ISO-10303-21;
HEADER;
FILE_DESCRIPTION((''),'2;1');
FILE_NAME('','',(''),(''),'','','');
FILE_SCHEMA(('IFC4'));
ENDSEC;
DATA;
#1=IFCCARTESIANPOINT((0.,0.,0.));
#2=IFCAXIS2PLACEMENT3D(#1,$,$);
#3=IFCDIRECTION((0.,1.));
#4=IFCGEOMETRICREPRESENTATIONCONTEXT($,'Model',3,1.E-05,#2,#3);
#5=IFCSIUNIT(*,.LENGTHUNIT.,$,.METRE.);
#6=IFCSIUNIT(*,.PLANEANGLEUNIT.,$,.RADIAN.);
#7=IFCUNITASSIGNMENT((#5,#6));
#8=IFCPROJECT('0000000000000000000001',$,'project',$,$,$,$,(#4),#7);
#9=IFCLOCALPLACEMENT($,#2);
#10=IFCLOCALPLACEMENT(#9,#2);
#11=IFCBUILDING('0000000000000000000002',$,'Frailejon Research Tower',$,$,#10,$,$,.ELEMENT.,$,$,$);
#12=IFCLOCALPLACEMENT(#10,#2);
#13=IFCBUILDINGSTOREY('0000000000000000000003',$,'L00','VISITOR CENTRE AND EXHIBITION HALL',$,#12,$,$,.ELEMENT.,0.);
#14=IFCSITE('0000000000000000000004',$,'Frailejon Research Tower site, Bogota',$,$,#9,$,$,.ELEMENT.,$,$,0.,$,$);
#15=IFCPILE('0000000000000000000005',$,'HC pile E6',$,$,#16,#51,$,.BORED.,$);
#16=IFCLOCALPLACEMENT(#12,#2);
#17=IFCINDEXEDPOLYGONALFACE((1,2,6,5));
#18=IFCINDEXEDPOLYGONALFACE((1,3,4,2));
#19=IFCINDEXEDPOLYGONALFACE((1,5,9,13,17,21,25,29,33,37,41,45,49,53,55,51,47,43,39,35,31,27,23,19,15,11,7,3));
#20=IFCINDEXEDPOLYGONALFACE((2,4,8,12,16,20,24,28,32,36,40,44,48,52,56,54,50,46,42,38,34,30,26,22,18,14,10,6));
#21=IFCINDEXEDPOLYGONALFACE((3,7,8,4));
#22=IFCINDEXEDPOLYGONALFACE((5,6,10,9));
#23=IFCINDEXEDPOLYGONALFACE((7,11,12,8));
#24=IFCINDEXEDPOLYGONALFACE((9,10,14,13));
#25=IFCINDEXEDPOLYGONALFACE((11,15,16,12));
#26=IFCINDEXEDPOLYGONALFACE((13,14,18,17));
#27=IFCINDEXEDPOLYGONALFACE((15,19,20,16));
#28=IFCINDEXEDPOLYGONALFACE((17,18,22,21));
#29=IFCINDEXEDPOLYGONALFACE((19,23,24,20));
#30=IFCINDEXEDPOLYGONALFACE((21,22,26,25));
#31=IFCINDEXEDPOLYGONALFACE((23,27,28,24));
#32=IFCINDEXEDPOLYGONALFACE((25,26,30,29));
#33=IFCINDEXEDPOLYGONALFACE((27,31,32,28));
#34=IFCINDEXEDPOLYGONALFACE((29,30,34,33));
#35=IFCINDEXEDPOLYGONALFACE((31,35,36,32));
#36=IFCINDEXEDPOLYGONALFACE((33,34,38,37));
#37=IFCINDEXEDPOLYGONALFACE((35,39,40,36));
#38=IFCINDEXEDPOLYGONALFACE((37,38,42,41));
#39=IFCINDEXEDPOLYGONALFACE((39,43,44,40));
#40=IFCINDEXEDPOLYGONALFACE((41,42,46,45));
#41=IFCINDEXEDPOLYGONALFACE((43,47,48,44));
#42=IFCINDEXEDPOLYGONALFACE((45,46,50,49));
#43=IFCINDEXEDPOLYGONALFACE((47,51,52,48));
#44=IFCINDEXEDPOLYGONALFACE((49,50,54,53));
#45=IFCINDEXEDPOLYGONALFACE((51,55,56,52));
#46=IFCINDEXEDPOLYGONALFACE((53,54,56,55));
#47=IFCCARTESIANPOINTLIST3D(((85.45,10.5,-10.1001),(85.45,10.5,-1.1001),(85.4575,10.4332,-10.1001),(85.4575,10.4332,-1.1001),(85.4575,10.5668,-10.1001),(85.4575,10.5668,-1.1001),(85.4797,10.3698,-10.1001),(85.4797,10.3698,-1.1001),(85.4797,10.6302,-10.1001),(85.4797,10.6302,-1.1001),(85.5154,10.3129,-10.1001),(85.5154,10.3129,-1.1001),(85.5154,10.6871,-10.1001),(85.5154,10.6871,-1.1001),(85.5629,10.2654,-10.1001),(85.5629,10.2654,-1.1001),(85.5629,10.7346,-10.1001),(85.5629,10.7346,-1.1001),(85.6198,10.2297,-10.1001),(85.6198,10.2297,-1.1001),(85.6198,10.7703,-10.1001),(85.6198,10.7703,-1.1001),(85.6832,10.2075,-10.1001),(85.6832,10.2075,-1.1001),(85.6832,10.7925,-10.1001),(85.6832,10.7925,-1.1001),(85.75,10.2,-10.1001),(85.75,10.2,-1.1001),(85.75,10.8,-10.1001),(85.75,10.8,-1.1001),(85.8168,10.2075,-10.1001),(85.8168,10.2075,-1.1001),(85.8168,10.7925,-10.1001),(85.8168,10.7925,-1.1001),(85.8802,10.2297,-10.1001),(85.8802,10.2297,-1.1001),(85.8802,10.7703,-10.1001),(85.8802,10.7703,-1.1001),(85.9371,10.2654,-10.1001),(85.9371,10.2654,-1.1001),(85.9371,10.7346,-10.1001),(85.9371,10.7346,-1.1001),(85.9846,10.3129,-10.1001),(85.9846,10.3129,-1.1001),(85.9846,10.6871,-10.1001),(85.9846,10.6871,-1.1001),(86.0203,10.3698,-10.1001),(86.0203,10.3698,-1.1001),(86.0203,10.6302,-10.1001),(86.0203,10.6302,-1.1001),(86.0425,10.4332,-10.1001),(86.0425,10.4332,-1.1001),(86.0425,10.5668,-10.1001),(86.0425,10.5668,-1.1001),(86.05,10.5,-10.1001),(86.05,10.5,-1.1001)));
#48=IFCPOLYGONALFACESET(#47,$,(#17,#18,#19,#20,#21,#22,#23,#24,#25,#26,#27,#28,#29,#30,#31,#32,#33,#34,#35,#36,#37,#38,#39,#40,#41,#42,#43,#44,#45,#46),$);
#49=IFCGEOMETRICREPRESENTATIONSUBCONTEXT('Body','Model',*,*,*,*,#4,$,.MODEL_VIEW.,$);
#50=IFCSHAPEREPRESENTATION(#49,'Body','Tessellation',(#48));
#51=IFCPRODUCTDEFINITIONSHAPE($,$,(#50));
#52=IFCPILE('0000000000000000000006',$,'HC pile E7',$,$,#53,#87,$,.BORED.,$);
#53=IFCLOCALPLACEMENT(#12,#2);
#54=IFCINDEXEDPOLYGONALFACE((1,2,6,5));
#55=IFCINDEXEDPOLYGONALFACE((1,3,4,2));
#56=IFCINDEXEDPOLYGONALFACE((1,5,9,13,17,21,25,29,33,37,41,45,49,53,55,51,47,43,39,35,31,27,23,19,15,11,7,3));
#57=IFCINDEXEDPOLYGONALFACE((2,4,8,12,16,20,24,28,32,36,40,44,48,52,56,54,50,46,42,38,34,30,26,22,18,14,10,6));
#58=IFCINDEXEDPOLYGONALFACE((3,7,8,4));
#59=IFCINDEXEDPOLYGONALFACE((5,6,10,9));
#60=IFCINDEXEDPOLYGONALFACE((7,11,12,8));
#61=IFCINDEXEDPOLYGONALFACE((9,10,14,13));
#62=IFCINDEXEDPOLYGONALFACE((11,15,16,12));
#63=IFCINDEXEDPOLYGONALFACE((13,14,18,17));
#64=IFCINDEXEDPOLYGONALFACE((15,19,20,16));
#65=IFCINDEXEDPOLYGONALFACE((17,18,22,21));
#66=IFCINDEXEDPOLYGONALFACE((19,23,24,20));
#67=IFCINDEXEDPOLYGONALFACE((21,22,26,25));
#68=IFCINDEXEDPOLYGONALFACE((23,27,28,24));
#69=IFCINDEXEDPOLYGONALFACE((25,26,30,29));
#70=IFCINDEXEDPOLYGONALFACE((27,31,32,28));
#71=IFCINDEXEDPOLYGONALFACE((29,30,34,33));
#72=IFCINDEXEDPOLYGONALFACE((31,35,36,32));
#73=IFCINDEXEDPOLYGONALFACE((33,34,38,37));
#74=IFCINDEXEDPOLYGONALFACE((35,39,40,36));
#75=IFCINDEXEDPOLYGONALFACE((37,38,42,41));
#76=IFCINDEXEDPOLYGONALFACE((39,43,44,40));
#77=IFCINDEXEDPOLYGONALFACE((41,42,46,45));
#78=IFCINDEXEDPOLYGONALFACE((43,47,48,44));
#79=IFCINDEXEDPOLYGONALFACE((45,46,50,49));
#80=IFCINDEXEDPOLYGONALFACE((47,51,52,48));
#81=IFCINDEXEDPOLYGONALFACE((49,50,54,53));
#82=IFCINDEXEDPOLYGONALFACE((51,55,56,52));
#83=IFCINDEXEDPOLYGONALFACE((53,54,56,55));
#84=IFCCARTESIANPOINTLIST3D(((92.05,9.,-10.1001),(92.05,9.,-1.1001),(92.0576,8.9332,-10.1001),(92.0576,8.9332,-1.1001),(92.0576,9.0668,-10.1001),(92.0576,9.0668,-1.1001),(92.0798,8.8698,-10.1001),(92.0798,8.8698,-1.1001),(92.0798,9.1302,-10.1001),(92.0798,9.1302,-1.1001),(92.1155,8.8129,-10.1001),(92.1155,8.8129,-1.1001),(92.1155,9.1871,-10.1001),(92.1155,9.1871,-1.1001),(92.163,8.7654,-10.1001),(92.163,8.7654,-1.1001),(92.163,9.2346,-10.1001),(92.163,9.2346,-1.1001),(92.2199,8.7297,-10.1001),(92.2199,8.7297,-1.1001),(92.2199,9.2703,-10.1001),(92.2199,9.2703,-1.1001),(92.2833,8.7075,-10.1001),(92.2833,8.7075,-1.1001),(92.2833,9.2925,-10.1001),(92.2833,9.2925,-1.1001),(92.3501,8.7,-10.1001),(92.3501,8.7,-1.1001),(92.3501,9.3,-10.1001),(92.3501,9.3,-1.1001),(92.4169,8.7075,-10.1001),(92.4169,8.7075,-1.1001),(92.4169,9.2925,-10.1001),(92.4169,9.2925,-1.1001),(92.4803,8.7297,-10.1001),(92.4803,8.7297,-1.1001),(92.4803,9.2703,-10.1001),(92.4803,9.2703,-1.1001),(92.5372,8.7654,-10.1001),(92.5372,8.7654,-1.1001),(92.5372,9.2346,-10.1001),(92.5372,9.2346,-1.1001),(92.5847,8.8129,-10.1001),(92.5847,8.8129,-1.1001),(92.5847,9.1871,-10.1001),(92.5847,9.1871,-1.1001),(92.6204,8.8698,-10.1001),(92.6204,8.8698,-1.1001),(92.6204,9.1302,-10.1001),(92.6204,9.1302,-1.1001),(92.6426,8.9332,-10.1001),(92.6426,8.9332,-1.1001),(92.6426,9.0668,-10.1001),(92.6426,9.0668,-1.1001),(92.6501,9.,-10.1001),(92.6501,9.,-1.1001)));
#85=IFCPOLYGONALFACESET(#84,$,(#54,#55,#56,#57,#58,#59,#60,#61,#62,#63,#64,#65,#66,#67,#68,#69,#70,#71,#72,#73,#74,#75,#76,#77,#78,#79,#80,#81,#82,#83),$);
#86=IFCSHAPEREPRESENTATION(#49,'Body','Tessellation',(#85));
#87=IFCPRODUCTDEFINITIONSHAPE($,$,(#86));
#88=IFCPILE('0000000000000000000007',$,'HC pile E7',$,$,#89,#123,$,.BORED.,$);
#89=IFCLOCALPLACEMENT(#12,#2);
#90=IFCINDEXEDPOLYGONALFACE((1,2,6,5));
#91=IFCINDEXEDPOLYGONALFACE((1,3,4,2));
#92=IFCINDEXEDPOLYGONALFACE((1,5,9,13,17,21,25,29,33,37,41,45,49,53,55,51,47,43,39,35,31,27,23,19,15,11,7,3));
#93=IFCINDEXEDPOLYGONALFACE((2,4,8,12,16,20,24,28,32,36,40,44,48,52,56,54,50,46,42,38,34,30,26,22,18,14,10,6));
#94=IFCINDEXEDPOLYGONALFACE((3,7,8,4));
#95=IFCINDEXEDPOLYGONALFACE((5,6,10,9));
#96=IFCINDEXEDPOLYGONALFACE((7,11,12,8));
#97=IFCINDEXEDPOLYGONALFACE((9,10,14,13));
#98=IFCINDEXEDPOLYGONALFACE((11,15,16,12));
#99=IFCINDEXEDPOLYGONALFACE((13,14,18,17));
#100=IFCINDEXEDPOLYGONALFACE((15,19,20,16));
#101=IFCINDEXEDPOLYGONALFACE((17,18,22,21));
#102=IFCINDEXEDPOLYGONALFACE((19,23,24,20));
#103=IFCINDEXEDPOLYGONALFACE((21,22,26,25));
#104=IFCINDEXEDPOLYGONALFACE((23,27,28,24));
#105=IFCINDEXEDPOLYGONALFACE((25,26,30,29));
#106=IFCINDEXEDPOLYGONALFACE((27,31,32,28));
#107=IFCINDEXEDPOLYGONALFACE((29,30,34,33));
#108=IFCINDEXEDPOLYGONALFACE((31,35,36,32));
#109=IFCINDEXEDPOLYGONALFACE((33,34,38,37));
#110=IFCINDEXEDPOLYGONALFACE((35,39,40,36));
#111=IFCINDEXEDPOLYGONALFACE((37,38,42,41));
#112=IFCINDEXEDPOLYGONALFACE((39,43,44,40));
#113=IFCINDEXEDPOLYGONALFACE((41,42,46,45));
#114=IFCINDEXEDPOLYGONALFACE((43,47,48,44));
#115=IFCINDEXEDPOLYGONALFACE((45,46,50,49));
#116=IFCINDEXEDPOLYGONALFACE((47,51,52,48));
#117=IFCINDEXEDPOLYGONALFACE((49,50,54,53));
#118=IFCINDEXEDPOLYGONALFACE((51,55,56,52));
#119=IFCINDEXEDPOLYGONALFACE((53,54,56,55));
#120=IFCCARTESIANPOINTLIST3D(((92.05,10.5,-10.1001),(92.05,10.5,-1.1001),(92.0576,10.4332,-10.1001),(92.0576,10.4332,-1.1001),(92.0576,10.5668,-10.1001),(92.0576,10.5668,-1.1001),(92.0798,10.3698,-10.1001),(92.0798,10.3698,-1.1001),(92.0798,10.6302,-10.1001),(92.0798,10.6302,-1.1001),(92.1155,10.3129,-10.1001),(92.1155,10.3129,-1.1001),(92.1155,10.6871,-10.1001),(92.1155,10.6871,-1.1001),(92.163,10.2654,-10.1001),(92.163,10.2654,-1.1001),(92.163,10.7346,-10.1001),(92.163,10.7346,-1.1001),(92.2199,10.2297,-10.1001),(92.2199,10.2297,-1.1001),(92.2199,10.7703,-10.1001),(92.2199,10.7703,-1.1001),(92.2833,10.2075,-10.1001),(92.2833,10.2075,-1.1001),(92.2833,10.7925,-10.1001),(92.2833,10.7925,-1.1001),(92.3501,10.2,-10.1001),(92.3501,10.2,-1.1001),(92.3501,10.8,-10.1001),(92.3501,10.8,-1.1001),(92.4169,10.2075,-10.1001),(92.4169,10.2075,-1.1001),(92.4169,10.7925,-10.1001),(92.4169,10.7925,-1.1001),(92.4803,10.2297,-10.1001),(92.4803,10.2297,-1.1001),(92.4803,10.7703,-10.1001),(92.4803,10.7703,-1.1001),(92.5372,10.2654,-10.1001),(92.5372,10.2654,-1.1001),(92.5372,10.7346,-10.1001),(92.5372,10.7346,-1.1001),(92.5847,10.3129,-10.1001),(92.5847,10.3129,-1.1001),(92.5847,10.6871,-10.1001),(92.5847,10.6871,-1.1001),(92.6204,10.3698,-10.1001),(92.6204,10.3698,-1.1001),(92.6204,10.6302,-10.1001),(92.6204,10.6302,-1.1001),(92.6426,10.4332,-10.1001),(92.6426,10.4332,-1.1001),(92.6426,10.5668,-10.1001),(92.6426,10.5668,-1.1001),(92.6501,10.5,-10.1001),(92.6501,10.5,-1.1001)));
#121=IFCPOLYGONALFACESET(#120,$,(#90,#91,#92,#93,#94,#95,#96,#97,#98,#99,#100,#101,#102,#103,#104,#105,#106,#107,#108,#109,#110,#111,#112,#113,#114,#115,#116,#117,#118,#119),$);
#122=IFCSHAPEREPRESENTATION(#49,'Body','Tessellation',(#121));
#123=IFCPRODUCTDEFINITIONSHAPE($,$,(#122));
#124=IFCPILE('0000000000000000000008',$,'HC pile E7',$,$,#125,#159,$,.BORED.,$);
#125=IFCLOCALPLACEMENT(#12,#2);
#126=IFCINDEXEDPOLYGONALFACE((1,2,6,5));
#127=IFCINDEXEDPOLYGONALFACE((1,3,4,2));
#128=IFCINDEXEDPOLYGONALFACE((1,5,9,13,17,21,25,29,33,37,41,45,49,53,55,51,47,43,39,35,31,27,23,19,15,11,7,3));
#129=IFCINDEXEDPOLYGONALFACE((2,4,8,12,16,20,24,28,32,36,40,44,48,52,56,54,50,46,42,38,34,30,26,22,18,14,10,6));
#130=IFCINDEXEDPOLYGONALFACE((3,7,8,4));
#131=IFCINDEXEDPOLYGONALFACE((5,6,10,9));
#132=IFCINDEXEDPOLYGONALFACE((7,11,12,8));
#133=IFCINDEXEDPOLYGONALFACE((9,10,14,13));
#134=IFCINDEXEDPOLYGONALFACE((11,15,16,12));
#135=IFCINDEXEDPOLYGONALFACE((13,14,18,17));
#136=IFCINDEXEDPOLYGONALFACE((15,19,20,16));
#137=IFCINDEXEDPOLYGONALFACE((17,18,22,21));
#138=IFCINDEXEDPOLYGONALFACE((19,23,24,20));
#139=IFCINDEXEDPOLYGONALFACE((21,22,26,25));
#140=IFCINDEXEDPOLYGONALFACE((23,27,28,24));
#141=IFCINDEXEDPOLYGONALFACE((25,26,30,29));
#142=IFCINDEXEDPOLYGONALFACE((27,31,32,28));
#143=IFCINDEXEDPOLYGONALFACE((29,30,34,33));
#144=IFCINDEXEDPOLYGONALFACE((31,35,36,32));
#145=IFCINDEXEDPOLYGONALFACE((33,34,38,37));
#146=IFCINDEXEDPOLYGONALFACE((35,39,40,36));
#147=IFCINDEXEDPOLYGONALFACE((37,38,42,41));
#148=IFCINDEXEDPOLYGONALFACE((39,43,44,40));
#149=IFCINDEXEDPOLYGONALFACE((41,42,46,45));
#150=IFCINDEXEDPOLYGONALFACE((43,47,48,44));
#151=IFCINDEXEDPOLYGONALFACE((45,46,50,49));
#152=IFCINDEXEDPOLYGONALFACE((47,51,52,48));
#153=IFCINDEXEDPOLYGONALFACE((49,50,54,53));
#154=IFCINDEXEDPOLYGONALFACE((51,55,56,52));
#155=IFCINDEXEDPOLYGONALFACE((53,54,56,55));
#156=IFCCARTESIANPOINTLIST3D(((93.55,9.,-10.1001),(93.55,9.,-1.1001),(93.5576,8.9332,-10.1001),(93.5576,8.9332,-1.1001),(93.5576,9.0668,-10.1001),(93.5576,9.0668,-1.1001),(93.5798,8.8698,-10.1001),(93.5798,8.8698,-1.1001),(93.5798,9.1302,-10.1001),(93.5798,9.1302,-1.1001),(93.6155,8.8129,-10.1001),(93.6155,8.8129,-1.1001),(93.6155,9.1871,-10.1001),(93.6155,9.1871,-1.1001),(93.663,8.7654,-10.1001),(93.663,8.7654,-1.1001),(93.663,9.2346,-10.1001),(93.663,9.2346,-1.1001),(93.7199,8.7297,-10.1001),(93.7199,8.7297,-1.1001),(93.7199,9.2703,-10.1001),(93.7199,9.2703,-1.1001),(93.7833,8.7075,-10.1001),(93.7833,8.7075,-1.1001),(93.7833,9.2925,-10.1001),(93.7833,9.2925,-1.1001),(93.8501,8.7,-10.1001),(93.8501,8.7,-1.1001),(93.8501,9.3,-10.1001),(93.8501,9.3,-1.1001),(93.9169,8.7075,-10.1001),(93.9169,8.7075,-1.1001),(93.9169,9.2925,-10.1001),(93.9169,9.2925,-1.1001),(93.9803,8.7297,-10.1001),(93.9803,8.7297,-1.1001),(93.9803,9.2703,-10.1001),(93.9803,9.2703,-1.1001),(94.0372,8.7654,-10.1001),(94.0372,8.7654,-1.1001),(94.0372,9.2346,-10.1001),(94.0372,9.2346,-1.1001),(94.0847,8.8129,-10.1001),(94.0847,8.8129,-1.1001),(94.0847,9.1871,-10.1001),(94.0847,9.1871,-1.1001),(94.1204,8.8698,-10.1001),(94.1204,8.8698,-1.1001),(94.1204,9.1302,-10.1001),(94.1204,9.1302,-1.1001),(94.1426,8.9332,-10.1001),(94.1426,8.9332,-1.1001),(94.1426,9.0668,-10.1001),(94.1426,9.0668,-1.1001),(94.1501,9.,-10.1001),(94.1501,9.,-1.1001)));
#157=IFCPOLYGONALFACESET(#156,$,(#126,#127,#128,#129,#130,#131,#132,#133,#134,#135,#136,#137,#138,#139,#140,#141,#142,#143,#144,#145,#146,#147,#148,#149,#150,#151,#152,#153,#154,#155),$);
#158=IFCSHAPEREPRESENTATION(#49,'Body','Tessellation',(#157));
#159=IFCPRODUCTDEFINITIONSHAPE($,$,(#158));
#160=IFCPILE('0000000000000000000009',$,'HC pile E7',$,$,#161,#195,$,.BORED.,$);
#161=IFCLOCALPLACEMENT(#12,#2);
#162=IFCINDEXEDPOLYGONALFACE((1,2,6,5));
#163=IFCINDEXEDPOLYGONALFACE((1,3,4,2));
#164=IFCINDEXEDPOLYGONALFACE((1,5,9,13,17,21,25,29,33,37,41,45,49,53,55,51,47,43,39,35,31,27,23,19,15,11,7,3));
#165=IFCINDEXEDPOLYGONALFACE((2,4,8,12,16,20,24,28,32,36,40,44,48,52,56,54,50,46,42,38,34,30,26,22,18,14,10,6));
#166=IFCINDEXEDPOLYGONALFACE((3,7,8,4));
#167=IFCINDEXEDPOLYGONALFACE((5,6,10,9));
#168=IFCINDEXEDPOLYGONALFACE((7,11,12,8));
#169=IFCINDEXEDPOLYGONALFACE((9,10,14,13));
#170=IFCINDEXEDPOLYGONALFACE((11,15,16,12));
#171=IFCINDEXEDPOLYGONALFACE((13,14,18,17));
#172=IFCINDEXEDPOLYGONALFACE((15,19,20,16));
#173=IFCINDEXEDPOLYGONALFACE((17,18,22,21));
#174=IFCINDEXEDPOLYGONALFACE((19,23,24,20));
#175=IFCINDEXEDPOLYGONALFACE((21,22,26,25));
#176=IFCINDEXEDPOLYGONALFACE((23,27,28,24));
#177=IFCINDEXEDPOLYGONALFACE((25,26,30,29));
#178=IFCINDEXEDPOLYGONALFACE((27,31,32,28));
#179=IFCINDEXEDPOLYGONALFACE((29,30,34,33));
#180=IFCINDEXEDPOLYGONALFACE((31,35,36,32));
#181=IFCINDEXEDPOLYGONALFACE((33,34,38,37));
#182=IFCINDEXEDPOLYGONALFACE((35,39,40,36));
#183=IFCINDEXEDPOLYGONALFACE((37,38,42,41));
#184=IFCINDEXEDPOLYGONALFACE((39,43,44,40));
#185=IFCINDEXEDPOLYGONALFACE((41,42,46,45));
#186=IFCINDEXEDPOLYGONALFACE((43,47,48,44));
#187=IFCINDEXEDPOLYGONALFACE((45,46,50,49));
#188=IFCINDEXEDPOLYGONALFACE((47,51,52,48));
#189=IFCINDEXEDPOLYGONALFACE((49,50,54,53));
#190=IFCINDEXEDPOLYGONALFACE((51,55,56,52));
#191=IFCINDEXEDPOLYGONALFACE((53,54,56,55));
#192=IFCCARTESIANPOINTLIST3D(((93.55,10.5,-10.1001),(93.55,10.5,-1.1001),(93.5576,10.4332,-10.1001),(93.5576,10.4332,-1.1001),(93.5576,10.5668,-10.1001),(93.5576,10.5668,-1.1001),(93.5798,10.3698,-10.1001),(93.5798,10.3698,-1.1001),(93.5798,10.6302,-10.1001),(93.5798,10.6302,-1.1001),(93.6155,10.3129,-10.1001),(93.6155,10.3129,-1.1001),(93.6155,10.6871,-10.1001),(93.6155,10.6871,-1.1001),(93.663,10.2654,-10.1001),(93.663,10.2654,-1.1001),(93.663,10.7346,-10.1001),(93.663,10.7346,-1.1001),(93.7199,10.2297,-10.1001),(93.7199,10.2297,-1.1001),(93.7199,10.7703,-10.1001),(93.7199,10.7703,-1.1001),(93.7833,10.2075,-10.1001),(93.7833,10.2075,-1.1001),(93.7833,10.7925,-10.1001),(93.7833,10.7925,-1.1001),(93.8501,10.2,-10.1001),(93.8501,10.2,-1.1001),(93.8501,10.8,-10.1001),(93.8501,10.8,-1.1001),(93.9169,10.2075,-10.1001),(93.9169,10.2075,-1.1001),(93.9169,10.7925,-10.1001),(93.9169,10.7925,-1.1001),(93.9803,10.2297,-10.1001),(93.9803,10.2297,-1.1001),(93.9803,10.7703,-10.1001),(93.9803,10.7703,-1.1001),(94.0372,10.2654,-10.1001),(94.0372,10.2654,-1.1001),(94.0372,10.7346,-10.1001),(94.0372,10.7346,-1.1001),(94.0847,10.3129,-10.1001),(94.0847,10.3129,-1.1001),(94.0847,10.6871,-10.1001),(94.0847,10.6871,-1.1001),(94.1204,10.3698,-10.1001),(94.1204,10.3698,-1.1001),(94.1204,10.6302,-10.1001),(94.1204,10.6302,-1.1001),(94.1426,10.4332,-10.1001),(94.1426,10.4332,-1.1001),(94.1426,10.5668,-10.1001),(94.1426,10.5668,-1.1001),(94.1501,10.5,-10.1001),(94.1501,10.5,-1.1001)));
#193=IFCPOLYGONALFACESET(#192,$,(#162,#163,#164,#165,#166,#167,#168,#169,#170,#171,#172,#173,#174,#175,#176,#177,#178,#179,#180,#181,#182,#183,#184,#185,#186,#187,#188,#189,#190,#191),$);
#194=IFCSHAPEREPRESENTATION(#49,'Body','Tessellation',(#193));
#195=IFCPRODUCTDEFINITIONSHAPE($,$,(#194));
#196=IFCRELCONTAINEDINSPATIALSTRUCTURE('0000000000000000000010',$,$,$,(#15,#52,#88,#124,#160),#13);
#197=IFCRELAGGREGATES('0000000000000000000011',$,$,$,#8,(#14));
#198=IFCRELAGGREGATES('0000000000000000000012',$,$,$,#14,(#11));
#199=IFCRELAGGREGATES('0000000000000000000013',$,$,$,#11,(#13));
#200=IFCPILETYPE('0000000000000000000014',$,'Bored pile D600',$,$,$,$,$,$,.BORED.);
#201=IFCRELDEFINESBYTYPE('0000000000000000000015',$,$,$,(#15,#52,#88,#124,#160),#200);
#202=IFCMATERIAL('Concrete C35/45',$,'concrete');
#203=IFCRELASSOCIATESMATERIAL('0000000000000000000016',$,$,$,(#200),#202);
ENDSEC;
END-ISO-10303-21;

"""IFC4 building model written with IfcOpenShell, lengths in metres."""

from ifc_helpers import new_model, si_unit, direction, frame, origin, origin_2d, place, context, subcontext, project, spatial, circle, extrude, material, material_profile, profile_set, type_object, element, save


model = new_model("IFC4")

# Units and contexts
model_context = context("Model", 3, precision=1e-05, world=origin(), true_north=direction((0.0, 1.0)))
body_context = subcontext(model_context, "Body", "Model", "MODEL_VIEW")
ifc_project = project(units=[si_unit("LENGTHUNIT", "METRE"), si_unit("PLANEANGLEUNIT", "RADIAN")], contexts=[model_context])

# Site, building, storey
site_placement = place(None, origin())
site = spatial("IfcSite", under=ifc_project, at=site_placement, Name="Frailejon Research Tower site, Bogota", CompositionType="ELEMENT", RefElevation=0.0)
building_placement = place(site_placement, origin())
building = spatial("IfcBuilding", under=site, at=building_placement, Name="Frailejon Research Tower", CompositionType="ELEMENT")
storey_placement = place(building_placement, origin())
storey = spatial("IfcBuildingStorey", under=building, at=storey_placement, Name="L00", Description="VISITOR CENTRE AND EXHIBITION HALL", CompositionType="ELEMENT", Elevation=0.0)

# Piles
ifc_material_1 = material(Name="Concrete C35/45", Category="concrete")
ifc_material_profile_1 = material_profile(ifc_material_1, circle(Radius=0.3, at=origin_2d()), Name="Bored pile D600")
ifc_profile_set_1 = profile_set([ifc_material_profile_1], Name="Concrete C35/45")
pile_type = type_object("IfcPileType", Name="Bored pile D600", PredefinedType="BORED", material=ifc_profile_set_1)
for number, where, z_axis, x_axis, name in (
    (1, (85.75, 10.5, -1.1001), (0.0, 0.0, -1.0), (1.0, 0.0, 0.0), "HC pile E6"),
    (2, (92.3501, 9.0, -1.1001), (0.0, 0.0, -1.0), (1.0, 0.0, 0.0), "HC pile E7"),
    (3, (92.3501, 10.5, -1.1001), (0.0, 0.0, -1.0), (1.0, 0.0, 0.0), "HC pile E7"),
    (4, (93.8501, 9.0, -1.1001), (0.0, 0.0, -1.0), (1.0, 0.0, 0.0), "HC pile E7"),
    (5, (93.8501, 10.5, -1.1001), (0.0, 0.0, -1.0), (1.0, 0.0, 0.0), "HC pile E7"),
):
    element("IfcPile", number, at=place(storey_placement, frame(where, z_axis=z_axis, x_axis=x_axis)), inside=storey, type_object=pile_type, Name=name, PredefinedType="BORED", context=body_context, shape_type="SweptSolid", body=[
        extrude(circle(Radius=0.3, at=origin_2d()), origin(), (0.0, 0.0, 1.0), 9.0),
    ])

save(model, "model.ifc")
